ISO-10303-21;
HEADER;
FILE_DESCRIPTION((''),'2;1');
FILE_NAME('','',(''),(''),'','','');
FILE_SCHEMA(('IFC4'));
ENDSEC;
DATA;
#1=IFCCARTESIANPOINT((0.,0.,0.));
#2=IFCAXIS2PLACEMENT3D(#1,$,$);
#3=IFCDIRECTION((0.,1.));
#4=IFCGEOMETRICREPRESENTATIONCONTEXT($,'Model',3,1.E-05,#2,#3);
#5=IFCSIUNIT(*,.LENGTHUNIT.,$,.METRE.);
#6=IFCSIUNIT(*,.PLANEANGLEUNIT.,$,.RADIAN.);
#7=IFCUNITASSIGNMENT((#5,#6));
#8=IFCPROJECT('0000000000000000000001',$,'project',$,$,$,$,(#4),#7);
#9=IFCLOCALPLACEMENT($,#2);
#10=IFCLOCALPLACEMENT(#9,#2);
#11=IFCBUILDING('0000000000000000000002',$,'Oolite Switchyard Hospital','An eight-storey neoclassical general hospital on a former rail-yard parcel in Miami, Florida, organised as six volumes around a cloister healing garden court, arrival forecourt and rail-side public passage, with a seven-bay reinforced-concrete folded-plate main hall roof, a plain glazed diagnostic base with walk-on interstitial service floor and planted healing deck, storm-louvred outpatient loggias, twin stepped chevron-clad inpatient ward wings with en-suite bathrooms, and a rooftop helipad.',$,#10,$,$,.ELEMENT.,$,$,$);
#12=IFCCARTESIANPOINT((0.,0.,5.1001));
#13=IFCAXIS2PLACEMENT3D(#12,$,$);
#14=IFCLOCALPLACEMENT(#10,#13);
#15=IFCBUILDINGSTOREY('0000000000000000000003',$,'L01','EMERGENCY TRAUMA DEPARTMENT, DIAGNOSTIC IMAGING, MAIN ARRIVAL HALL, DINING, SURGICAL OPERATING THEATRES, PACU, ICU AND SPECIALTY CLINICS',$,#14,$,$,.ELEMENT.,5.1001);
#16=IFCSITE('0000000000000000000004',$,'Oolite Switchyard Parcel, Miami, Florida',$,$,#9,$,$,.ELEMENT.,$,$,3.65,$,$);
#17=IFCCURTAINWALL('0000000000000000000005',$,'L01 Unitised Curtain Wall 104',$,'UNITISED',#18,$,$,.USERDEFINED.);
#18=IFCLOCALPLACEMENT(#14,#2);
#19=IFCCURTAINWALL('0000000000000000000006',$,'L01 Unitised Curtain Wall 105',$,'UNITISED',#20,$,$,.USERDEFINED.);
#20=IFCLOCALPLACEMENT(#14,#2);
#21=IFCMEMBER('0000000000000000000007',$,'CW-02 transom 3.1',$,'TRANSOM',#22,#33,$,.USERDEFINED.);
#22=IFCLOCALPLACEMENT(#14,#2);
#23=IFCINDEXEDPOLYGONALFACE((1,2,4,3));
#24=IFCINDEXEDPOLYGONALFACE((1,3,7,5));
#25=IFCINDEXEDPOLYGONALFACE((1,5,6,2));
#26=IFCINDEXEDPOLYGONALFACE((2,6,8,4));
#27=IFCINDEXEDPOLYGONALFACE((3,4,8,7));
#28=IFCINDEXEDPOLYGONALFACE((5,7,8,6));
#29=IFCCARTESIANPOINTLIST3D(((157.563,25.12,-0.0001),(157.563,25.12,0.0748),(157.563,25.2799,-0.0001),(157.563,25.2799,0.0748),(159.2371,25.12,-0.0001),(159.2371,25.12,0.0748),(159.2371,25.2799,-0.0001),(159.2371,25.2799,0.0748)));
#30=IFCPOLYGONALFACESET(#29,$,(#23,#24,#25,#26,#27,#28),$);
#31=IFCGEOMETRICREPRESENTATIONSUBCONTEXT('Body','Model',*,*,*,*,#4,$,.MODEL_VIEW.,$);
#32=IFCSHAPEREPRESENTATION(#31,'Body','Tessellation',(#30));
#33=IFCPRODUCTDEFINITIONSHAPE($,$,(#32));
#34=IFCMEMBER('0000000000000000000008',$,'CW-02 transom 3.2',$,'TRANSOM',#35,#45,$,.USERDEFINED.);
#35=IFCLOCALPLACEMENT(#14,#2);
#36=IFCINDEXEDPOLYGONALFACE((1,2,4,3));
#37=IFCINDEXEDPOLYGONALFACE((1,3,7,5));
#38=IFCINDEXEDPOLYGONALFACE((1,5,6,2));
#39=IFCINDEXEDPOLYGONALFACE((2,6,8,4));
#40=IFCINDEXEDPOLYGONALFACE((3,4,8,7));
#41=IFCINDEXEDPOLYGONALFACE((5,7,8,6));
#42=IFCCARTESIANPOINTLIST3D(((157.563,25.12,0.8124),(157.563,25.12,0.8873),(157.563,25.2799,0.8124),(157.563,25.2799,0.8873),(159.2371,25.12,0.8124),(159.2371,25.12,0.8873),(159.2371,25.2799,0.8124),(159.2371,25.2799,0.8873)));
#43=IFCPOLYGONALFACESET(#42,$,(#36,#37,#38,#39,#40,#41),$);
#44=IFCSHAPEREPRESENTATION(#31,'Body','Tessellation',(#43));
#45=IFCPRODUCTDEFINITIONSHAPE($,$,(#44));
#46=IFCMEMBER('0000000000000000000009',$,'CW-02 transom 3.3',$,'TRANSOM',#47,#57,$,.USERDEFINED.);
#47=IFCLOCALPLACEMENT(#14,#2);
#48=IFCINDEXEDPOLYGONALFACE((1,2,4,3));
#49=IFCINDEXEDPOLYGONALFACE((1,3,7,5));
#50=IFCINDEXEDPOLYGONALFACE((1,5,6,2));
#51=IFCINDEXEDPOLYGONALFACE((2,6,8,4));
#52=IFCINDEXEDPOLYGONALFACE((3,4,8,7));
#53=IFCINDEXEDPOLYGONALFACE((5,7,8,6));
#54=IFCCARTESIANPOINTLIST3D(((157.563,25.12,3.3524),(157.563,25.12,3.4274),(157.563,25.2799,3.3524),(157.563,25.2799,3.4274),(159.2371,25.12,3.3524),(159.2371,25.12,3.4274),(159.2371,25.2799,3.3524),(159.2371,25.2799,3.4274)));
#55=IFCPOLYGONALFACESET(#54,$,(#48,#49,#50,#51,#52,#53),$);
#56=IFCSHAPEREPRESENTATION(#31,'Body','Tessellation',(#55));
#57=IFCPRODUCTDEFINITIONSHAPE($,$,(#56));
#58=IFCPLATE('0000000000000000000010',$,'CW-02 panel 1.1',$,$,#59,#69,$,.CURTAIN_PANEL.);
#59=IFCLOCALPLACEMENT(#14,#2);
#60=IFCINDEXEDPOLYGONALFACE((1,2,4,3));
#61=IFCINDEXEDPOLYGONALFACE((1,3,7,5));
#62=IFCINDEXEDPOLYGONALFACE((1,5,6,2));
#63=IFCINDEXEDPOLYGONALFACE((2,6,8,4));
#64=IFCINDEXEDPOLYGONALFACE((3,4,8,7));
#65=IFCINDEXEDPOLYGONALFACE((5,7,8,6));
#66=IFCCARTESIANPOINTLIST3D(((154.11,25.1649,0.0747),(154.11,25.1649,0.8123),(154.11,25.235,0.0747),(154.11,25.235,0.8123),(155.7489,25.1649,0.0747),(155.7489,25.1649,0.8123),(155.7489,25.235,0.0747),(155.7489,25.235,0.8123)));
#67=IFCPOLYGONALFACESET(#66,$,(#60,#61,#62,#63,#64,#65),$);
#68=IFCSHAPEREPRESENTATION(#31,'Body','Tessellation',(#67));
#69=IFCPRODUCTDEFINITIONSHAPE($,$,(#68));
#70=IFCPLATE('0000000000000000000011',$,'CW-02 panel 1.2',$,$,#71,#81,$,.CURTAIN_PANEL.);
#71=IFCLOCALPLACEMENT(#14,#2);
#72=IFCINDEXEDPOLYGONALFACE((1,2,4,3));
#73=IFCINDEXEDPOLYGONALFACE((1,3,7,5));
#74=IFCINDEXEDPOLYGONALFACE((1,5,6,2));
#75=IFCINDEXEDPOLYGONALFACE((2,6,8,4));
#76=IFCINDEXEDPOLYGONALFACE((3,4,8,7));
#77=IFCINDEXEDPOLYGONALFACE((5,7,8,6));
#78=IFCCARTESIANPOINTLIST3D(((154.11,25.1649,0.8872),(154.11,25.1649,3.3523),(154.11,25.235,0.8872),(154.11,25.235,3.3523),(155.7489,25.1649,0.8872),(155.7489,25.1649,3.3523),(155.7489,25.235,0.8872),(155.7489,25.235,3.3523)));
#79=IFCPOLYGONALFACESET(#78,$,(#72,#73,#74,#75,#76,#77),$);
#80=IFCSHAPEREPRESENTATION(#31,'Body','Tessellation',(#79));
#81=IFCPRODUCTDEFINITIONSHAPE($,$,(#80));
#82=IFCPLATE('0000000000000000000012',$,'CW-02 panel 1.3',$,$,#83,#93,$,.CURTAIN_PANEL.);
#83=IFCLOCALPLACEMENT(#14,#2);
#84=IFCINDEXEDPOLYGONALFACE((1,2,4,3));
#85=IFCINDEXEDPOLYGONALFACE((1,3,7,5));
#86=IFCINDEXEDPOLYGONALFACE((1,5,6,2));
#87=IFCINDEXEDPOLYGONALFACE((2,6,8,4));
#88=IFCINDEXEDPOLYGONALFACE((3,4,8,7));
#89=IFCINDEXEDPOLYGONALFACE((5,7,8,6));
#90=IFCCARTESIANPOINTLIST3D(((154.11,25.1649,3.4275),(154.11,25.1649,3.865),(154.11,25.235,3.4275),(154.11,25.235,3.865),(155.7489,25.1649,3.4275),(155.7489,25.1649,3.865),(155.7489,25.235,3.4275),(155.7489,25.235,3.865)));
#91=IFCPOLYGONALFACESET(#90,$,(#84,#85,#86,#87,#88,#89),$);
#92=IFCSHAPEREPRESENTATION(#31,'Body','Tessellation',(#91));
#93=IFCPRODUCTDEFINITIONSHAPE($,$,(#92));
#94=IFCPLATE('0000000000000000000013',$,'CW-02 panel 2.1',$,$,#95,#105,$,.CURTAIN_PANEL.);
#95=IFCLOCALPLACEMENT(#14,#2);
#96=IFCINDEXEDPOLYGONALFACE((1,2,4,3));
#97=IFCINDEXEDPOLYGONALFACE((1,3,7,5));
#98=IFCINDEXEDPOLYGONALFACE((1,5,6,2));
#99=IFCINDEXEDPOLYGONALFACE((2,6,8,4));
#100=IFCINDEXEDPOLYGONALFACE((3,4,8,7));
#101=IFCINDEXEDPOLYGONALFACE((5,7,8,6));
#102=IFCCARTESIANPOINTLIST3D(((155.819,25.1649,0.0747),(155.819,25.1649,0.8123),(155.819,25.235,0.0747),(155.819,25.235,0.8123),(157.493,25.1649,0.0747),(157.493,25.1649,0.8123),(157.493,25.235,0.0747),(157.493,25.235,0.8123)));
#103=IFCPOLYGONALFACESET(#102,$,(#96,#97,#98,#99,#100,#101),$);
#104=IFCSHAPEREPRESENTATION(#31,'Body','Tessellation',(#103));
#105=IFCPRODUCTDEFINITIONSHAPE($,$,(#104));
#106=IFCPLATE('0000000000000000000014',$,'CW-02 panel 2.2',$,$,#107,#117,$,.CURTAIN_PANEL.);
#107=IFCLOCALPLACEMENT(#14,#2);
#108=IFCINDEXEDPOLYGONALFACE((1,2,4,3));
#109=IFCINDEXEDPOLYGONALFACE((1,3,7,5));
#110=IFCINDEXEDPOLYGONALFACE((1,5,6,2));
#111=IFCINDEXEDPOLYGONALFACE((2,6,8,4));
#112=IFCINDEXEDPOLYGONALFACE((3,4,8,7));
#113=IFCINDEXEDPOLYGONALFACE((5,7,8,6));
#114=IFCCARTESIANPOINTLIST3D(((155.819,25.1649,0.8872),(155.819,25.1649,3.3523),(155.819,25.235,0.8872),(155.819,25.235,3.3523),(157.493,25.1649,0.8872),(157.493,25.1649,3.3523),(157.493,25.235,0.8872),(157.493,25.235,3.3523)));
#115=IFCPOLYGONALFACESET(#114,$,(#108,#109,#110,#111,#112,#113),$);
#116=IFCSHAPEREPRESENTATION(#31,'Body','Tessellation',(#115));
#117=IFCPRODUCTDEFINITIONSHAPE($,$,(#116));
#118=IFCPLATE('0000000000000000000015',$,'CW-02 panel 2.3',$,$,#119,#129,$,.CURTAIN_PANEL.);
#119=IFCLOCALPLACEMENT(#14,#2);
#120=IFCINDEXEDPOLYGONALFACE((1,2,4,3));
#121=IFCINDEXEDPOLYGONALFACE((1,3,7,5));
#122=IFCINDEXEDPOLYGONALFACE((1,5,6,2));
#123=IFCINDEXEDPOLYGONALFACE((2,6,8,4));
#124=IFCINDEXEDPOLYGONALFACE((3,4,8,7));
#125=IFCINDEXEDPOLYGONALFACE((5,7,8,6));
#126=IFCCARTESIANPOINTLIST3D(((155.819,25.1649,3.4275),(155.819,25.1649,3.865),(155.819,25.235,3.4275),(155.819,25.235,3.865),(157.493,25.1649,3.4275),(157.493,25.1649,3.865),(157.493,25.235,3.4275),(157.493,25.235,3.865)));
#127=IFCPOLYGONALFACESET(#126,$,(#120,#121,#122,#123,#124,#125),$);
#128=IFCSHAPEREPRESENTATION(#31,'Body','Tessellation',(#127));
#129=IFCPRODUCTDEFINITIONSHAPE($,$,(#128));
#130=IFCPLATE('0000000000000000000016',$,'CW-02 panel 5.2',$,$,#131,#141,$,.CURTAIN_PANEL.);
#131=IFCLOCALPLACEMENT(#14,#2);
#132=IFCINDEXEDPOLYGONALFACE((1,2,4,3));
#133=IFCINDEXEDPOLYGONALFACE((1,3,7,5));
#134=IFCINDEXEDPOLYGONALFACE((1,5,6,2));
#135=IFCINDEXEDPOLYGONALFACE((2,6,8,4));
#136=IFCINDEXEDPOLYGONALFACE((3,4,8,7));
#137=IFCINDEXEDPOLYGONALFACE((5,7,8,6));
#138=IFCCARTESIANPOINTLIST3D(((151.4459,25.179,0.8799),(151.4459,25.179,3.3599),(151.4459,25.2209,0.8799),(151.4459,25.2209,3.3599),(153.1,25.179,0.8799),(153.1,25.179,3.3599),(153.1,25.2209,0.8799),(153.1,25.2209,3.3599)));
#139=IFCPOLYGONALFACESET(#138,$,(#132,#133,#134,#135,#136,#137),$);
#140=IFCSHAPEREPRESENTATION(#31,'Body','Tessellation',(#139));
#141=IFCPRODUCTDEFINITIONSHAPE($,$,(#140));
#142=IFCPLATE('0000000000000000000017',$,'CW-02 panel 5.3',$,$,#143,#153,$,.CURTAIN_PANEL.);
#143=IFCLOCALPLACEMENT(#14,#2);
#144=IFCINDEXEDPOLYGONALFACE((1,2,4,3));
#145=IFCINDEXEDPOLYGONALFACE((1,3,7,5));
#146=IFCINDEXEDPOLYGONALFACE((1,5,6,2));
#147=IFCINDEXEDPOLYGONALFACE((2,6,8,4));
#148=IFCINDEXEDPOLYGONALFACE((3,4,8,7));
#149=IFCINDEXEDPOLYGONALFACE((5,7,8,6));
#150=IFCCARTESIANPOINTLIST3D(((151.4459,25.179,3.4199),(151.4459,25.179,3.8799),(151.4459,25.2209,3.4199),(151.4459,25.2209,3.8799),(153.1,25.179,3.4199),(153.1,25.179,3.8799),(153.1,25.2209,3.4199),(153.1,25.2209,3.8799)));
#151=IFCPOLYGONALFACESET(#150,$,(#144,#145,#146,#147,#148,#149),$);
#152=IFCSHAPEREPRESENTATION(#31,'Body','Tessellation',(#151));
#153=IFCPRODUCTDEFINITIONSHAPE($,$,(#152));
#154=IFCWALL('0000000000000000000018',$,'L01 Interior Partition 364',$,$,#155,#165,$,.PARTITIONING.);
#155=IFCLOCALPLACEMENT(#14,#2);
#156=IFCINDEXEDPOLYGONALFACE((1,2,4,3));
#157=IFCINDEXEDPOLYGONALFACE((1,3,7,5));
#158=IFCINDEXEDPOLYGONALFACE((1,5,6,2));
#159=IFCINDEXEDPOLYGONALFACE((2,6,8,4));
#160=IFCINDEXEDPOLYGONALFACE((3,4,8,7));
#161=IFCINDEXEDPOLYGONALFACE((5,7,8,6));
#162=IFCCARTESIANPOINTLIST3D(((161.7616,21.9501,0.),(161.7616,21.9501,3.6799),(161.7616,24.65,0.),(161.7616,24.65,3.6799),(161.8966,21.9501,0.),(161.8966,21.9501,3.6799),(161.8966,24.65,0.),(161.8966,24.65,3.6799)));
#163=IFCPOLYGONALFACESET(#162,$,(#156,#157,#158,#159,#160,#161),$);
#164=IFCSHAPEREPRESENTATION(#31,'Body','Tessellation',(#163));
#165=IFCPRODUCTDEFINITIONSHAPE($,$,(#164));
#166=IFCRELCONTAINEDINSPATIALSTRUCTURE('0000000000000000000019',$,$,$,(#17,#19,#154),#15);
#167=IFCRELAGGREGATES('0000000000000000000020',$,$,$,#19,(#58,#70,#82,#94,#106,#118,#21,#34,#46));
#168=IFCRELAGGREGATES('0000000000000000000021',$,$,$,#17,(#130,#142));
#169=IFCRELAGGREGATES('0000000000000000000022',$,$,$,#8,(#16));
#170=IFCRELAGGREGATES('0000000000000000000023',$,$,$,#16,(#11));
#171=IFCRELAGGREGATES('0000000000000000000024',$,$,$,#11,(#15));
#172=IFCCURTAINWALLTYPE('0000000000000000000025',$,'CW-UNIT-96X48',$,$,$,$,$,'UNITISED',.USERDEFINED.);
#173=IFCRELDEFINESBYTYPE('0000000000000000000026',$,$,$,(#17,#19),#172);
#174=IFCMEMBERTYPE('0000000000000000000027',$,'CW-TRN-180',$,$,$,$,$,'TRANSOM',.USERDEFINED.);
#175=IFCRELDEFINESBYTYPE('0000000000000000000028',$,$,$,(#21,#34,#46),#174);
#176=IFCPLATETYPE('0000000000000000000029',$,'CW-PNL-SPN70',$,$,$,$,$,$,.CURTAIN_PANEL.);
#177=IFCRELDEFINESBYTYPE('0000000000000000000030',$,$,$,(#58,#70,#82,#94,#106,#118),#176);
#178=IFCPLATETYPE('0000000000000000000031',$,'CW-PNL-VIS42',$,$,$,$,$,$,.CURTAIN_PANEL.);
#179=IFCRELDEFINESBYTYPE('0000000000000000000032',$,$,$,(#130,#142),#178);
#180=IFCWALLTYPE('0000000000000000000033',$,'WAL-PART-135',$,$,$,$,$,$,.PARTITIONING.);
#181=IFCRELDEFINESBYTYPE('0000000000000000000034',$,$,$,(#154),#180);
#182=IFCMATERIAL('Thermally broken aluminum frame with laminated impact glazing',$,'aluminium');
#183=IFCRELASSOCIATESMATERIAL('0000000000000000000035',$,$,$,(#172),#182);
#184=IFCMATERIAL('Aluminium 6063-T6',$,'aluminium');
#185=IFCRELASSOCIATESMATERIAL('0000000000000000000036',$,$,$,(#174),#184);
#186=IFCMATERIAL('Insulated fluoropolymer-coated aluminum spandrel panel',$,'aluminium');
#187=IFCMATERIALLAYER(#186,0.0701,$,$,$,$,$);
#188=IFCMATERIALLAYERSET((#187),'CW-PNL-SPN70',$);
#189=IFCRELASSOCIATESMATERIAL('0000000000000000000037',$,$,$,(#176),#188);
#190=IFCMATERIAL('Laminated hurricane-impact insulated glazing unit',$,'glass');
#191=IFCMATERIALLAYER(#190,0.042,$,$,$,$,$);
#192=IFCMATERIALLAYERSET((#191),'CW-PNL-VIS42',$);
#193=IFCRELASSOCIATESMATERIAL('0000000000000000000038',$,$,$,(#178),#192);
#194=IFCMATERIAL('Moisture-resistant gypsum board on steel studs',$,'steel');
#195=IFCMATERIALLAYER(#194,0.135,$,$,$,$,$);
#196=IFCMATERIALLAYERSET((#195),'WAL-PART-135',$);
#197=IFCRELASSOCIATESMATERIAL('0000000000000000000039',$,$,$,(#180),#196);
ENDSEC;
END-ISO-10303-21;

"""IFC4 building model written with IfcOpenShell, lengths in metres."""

from ifc_helpers import new_model, si_unit, direction, frame, frame_2d, origin, origin_2d, place, context, subcontext, project, spatial, rectangle, extrude, material, layer, layer_set, material_profile, profile_set, type_object, element, aggregate, save


model = new_model("IFC4")

# Units and contexts
model_context = context("Model", 3, precision=1e-05, world=origin(), true_north=direction((0.0, 1.0)))
body_context = subcontext(model_context, "Body", "Model", "MODEL_VIEW")
ifc_project = project(units=[si_unit("LENGTHUNIT", "METRE"), si_unit("PLANEANGLEUNIT", "RADIAN")], contexts=[model_context])

# Site, building, storey
site_placement = place(None, origin())
site = spatial("IfcSite", under=ifc_project, at=site_placement, Name="Oolite Switchyard Parcel, Miami, Florida", CompositionType="ELEMENT", RefElevation=3.65)
building_placement = place(site_placement, origin())
building = spatial("IfcBuilding", under=site, at=building_placement, Name="Oolite Switchyard Hospital", Description="An eight-storey neoclassical general hospital on a former rail-yard parcel in Miami, Florida, organised as six volumes around a cloister healing garden court, arrival forecourt and rail-side public passage, with a seven-bay reinforced-concrete folded-plate main hall roof, a plain glazed diagnostic base with walk-on interstitial service floor and planted healing deck, storm-louvred outpatient loggias, twin stepped chevron-clad inpatient ward wings with en-suite bathrooms, and a rooftop helipad.", CompositionType="ELEMENT")
storey_placement = place(building_placement, frame((0.0, 0.0, 5.1001)))
storey = spatial("IfcBuildingStorey", under=building, at=storey_placement, Name="L01", Description="EMERGENCY TRAUMA DEPARTMENT, DIAGNOSTIC IMAGING, MAIN ARRIVAL HALL, DINING, SURGICAL OPERATING THEATRES, PACU, ICU AND SPECIALTY CLINICS", CompositionType="ELEMENT", Elevation=5.1001)

# Curtain wall
ifc_material_1 = material(Name="Thermally broken aluminum frame with laminated impact glazing", Category="aluminium")
curtain_wall_type = type_object("IfcCurtainWallType", Name="CW-UNIT-96X48", ElementType="UNITISED", PredefinedType="USERDEFINED", material=ifc_material_1)
curtain_wall_1_placement = place(storey_placement, origin())
curtain_wall_1 = element("IfcCurtainWall", 1, at=curtain_wall_1_placement, inside=storey, type_object=curtain_wall_type, Name="L01 Unitised Curtain Wall 104", ObjectType="UNITISED", PredefinedType="USERDEFINED")
ifc_material_2 = material(Name="Aluminium 6063-T6", Category="aluminium")

# Curtain wall, members, plates
curtain_wall_2_placement = place(storey_placement, origin())
curtain_wall_2 = element("IfcCurtainWall", 2, at=curtain_wall_2_placement, inside=storey, type_object=curtain_wall_type, Name="L01 Unitised Curtain Wall 105", ObjectType="UNITISED", PredefinedType="USERDEFINED")
ifc_material_profile_1 = material_profile(ifc_material_2, rectangle(XDim=0.1599, YDim=0.075, at=origin_2d()), Name="CWT75X160")
ifc_profile_set_1 = profile_set([ifc_material_profile_1], Name="Aluminium 6063-T6")
member_type_1 = type_object("IfcMemberType", Name="CW-TRN-180", ElementType="TRANSOM", PredefinedType="USERDEFINED", material=ifc_profile_set_1)
member_1_placement = place(storey_placement, frame((157.563, 25.2, 0.0374), z_axis=(1.0, 0.0, 0.0), x_axis=(0.0, 1.0, 0.0)))
member_1 = element("IfcMember", 3, at=member_1_placement, type_object=member_type_1, Name="CW-02 transom 3.1", ObjectType="TRANSOM", PredefinedType="USERDEFINED", context=body_context, shape_type="SweptSolid", body=[
    extrude(rectangle(XDim=0.1599, YDim=0.075, at=origin_2d()), origin(), (0.0, 0.0, 1.0), 1.6741),
])
member_2_placement = place(storey_placement, frame((157.563, 25.2, 0.8499), z_axis=(1.0, 0.0, 0.0), x_axis=(0.0, 1.0, 0.0)))
member_2 = element("IfcMember", 4, at=member_2_placement, type_object=member_type_1, Name="CW-02 transom 3.2", ObjectType="TRANSOM", PredefinedType="USERDEFINED", context=body_context, shape_type="SweptSolid", body=[
    extrude(rectangle(XDim=0.1599, YDim=0.075, at=origin_2d()), origin(), (0.0, 0.0, 1.0), 1.6741),
])
member_3_placement = place(storey_placement, frame((157.563, 25.2, 3.3899), z_axis=(1.0, 0.0, 0.0), x_axis=(0.0, 1.0, 0.0)))
member_3 = element("IfcMember", 5, at=member_3_placement, type_object=member_type_1, Name="CW-02 transom 3.3", ObjectType="TRANSOM", PredefinedType="USERDEFINED", context=body_context, shape_type="SweptSolid", body=[
    extrude(rectangle(XDim=0.1599, YDim=0.075, at=origin_2d()), origin(), (0.0, 0.0, 1.0), 1.6741),
])
ifc_material_3 = material(Name="Insulated fluoropolymer-coated aluminum spandrel panel", Category="aluminium")
ifc_layer_1 = layer(ifc_material_3, 0.0701)
ifc_layer_set_1 = layer_set([ifc_layer_1], Name="CW-PNL-SPN70")
plate_type_1 = type_object("IfcPlateType", Name="CW-PNL-SPN70", PredefinedType="CURTAIN_PANEL", material=ifc_layer_set_1)
plate_1_placement = place(storey_placement, frame((154.9294, 25.2, 0.0747), z_axis=(0.0, 0.0, 1.0), x_axis=(1.0, 0.0, 0.0)))
plate_1 = element("IfcPlate", 6, at=plate_1_placement, type_object=plate_type_1, Name="CW-02 panel 1.1", PredefinedType="CURTAIN_PANEL", context=body_context, shape_type="SweptSolid", body=[
    extrude(rectangle(XDim=1.6389, YDim=0.0701, at=origin_2d()), origin(), (0.0, 0.0, 1.0), 0.7375),
])
plate_2_placement = place(storey_placement, frame((154.9294, 25.2, 0.8872), z_axis=(0.0, 0.0, 1.0), x_axis=(1.0, 0.0, 0.0)))
plate_2 = element("IfcPlate", 7, at=plate_2_placement, type_object=plate_type_1, Name="CW-02 panel 1.2", PredefinedType="CURTAIN_PANEL", context=body_context, shape_type="SweptSolid", body=[
    extrude(rectangle(XDim=1.6389, YDim=0.0701, at=origin_2d()), origin(), (0.0, 0.0, 1.0), 2.4651),
])
plate_3_placement = place(storey_placement, frame((154.9294, 25.2, 3.4275), z_axis=(0.0, 0.0, 1.0), x_axis=(1.0, 0.0, 0.0)))
plate_3 = element("IfcPlate", 8, at=plate_3_placement, type_object=plate_type_1, Name="CW-02 panel 1.3", PredefinedType="CURTAIN_PANEL", context=body_context, shape_type="SweptSolid", body=[
    extrude(rectangle(XDim=1.6389, YDim=0.0701, at=origin_2d()), origin(), (0.0, 0.0, 1.0), 0.4375),
])
plate_4_placement = place(storey_placement, frame((156.656, 25.2, 0.0747), z_axis=(0.0, 0.0, 1.0), x_axis=(1.0, 0.0, 0.0)))
plate_4 = element("IfcPlate", 9, at=plate_4_placement, type_object=plate_type_1, Name="CW-02 panel 2.1", PredefinedType="CURTAIN_PANEL", context=body_context, shape_type="SweptSolid", body=[
    extrude(rectangle(XDim=1.6741, YDim=0.0701, at=origin_2d()), origin(), (0.0, 0.0, 1.0), 0.7375),
])
plate_5_placement = place(storey_placement, frame((156.656, 25.2, 0.8872), z_axis=(0.0, 0.0, 1.0), x_axis=(1.0, 0.0, 0.0)))
plate_5 = element("IfcPlate", 10, at=plate_5_placement, type_object=plate_type_1, Name="CW-02 panel 2.2", PredefinedType="CURTAIN_PANEL", context=body_context, shape_type="SweptSolid", body=[
    extrude(rectangle(XDim=1.6741, YDim=0.0701, at=origin_2d()), origin(), (0.0, 0.0, 1.0), 2.4651),
])
plate_6_placement = place(storey_placement, frame((156.656, 25.2, 3.4275), z_axis=(0.0, 0.0, 1.0), x_axis=(1.0, 0.0, 0.0)))
plate_6 = element("IfcPlate", 11, at=plate_6_placement, type_object=plate_type_1, Name="CW-02 panel 2.3", PredefinedType="CURTAIN_PANEL", context=body_context, shape_type="SweptSolid", body=[
    extrude(rectangle(XDim=1.6741, YDim=0.0701, at=origin_2d()), origin(), (0.0, 0.0, 1.0), 0.4375),
])
aggregate(curtain_wall_2, [plate_1, plate_2, plate_3, plate_4, plate_5, plate_6, member_1, member_2, member_3])

# Plates
ifc_material_4 = material(Name="Laminated hurricane-impact insulated glazing unit", Category="glass")
ifc_layer_2 = layer(ifc_material_4, 0.042)
ifc_layer_set_2 = layer_set([ifc_layer_2], Name="CW-PNL-VIS42")
plate_type_2 = type_object("IfcPlateType", Name="CW-PNL-VIS42", PredefinedType="CURTAIN_PANEL", material=ifc_layer_set_2)
plate_7_placement = place(storey_placement, frame((152.2729, 25.2, 0.8799), z_axis=(0.0, 0.0, 1.0), x_axis=(1.0, 0.0, 0.0)))
plate_7 = element("IfcPlate", 12, at=plate_7_placement, type_object=plate_type_2, Name="CW-02 panel 5.2", PredefinedType="CURTAIN_PANEL", context=body_context, shape_type="SweptSolid", body=[
    extrude(rectangle(XDim=1.6541, YDim=0.042, at=origin_2d()), origin(), (0.0, 0.0, 1.0), 2.48),
])
plate_8_placement = place(storey_placement, frame((152.2729, 25.2, 3.4199), z_axis=(0.0, 0.0, 1.0), x_axis=(1.0, 0.0, 0.0)))
plate_8 = element("IfcPlate", 13, at=plate_8_placement, type_object=plate_type_2, Name="CW-02 panel 5.3", PredefinedType="CURTAIN_PANEL", context=body_context, shape_type="SweptSolid", body=[
    extrude(rectangle(XDim=1.6541, YDim=0.042, at=origin_2d()), origin(), (0.0, 0.0, 1.0), 0.46),
])
aggregate(curtain_wall_1, [plate_7, plate_8])

# Wall
ifc_material_5 = material(Name="Moisture-resistant gypsum board on steel studs", Category="steel")
ifc_layer_3 = layer(ifc_material_5, 0.135)
ifc_layer_set_3 = layer_set([ifc_layer_3], Name="WAL-PART-135")
wall_type = type_object("IfcWallType", Name="WAL-PART-135", PredefinedType="PARTITIONING", material=ifc_layer_set_3)
wall_placement = place(storey_placement, frame((161.8291, 21.95, 0.0), z_axis=(0.0, 0.0, 1.0), x_axis=(0.0, 1.0, 0.0)))
element("IfcWall", 14, at=wall_placement, inside=storey, type_object=wall_type, Name="L01 Interior Partition 364", PredefinedType="PARTITIONING", context=body_context, shape_type="SweptSolid", body=[
    extrude(rectangle(XDim=2.7, YDim=0.135, at=frame_2d((1.3501, 0.0))), origin(), (0.0, 0.0, 1.0), 3.6799),
])

save(model, "model.ifc")
